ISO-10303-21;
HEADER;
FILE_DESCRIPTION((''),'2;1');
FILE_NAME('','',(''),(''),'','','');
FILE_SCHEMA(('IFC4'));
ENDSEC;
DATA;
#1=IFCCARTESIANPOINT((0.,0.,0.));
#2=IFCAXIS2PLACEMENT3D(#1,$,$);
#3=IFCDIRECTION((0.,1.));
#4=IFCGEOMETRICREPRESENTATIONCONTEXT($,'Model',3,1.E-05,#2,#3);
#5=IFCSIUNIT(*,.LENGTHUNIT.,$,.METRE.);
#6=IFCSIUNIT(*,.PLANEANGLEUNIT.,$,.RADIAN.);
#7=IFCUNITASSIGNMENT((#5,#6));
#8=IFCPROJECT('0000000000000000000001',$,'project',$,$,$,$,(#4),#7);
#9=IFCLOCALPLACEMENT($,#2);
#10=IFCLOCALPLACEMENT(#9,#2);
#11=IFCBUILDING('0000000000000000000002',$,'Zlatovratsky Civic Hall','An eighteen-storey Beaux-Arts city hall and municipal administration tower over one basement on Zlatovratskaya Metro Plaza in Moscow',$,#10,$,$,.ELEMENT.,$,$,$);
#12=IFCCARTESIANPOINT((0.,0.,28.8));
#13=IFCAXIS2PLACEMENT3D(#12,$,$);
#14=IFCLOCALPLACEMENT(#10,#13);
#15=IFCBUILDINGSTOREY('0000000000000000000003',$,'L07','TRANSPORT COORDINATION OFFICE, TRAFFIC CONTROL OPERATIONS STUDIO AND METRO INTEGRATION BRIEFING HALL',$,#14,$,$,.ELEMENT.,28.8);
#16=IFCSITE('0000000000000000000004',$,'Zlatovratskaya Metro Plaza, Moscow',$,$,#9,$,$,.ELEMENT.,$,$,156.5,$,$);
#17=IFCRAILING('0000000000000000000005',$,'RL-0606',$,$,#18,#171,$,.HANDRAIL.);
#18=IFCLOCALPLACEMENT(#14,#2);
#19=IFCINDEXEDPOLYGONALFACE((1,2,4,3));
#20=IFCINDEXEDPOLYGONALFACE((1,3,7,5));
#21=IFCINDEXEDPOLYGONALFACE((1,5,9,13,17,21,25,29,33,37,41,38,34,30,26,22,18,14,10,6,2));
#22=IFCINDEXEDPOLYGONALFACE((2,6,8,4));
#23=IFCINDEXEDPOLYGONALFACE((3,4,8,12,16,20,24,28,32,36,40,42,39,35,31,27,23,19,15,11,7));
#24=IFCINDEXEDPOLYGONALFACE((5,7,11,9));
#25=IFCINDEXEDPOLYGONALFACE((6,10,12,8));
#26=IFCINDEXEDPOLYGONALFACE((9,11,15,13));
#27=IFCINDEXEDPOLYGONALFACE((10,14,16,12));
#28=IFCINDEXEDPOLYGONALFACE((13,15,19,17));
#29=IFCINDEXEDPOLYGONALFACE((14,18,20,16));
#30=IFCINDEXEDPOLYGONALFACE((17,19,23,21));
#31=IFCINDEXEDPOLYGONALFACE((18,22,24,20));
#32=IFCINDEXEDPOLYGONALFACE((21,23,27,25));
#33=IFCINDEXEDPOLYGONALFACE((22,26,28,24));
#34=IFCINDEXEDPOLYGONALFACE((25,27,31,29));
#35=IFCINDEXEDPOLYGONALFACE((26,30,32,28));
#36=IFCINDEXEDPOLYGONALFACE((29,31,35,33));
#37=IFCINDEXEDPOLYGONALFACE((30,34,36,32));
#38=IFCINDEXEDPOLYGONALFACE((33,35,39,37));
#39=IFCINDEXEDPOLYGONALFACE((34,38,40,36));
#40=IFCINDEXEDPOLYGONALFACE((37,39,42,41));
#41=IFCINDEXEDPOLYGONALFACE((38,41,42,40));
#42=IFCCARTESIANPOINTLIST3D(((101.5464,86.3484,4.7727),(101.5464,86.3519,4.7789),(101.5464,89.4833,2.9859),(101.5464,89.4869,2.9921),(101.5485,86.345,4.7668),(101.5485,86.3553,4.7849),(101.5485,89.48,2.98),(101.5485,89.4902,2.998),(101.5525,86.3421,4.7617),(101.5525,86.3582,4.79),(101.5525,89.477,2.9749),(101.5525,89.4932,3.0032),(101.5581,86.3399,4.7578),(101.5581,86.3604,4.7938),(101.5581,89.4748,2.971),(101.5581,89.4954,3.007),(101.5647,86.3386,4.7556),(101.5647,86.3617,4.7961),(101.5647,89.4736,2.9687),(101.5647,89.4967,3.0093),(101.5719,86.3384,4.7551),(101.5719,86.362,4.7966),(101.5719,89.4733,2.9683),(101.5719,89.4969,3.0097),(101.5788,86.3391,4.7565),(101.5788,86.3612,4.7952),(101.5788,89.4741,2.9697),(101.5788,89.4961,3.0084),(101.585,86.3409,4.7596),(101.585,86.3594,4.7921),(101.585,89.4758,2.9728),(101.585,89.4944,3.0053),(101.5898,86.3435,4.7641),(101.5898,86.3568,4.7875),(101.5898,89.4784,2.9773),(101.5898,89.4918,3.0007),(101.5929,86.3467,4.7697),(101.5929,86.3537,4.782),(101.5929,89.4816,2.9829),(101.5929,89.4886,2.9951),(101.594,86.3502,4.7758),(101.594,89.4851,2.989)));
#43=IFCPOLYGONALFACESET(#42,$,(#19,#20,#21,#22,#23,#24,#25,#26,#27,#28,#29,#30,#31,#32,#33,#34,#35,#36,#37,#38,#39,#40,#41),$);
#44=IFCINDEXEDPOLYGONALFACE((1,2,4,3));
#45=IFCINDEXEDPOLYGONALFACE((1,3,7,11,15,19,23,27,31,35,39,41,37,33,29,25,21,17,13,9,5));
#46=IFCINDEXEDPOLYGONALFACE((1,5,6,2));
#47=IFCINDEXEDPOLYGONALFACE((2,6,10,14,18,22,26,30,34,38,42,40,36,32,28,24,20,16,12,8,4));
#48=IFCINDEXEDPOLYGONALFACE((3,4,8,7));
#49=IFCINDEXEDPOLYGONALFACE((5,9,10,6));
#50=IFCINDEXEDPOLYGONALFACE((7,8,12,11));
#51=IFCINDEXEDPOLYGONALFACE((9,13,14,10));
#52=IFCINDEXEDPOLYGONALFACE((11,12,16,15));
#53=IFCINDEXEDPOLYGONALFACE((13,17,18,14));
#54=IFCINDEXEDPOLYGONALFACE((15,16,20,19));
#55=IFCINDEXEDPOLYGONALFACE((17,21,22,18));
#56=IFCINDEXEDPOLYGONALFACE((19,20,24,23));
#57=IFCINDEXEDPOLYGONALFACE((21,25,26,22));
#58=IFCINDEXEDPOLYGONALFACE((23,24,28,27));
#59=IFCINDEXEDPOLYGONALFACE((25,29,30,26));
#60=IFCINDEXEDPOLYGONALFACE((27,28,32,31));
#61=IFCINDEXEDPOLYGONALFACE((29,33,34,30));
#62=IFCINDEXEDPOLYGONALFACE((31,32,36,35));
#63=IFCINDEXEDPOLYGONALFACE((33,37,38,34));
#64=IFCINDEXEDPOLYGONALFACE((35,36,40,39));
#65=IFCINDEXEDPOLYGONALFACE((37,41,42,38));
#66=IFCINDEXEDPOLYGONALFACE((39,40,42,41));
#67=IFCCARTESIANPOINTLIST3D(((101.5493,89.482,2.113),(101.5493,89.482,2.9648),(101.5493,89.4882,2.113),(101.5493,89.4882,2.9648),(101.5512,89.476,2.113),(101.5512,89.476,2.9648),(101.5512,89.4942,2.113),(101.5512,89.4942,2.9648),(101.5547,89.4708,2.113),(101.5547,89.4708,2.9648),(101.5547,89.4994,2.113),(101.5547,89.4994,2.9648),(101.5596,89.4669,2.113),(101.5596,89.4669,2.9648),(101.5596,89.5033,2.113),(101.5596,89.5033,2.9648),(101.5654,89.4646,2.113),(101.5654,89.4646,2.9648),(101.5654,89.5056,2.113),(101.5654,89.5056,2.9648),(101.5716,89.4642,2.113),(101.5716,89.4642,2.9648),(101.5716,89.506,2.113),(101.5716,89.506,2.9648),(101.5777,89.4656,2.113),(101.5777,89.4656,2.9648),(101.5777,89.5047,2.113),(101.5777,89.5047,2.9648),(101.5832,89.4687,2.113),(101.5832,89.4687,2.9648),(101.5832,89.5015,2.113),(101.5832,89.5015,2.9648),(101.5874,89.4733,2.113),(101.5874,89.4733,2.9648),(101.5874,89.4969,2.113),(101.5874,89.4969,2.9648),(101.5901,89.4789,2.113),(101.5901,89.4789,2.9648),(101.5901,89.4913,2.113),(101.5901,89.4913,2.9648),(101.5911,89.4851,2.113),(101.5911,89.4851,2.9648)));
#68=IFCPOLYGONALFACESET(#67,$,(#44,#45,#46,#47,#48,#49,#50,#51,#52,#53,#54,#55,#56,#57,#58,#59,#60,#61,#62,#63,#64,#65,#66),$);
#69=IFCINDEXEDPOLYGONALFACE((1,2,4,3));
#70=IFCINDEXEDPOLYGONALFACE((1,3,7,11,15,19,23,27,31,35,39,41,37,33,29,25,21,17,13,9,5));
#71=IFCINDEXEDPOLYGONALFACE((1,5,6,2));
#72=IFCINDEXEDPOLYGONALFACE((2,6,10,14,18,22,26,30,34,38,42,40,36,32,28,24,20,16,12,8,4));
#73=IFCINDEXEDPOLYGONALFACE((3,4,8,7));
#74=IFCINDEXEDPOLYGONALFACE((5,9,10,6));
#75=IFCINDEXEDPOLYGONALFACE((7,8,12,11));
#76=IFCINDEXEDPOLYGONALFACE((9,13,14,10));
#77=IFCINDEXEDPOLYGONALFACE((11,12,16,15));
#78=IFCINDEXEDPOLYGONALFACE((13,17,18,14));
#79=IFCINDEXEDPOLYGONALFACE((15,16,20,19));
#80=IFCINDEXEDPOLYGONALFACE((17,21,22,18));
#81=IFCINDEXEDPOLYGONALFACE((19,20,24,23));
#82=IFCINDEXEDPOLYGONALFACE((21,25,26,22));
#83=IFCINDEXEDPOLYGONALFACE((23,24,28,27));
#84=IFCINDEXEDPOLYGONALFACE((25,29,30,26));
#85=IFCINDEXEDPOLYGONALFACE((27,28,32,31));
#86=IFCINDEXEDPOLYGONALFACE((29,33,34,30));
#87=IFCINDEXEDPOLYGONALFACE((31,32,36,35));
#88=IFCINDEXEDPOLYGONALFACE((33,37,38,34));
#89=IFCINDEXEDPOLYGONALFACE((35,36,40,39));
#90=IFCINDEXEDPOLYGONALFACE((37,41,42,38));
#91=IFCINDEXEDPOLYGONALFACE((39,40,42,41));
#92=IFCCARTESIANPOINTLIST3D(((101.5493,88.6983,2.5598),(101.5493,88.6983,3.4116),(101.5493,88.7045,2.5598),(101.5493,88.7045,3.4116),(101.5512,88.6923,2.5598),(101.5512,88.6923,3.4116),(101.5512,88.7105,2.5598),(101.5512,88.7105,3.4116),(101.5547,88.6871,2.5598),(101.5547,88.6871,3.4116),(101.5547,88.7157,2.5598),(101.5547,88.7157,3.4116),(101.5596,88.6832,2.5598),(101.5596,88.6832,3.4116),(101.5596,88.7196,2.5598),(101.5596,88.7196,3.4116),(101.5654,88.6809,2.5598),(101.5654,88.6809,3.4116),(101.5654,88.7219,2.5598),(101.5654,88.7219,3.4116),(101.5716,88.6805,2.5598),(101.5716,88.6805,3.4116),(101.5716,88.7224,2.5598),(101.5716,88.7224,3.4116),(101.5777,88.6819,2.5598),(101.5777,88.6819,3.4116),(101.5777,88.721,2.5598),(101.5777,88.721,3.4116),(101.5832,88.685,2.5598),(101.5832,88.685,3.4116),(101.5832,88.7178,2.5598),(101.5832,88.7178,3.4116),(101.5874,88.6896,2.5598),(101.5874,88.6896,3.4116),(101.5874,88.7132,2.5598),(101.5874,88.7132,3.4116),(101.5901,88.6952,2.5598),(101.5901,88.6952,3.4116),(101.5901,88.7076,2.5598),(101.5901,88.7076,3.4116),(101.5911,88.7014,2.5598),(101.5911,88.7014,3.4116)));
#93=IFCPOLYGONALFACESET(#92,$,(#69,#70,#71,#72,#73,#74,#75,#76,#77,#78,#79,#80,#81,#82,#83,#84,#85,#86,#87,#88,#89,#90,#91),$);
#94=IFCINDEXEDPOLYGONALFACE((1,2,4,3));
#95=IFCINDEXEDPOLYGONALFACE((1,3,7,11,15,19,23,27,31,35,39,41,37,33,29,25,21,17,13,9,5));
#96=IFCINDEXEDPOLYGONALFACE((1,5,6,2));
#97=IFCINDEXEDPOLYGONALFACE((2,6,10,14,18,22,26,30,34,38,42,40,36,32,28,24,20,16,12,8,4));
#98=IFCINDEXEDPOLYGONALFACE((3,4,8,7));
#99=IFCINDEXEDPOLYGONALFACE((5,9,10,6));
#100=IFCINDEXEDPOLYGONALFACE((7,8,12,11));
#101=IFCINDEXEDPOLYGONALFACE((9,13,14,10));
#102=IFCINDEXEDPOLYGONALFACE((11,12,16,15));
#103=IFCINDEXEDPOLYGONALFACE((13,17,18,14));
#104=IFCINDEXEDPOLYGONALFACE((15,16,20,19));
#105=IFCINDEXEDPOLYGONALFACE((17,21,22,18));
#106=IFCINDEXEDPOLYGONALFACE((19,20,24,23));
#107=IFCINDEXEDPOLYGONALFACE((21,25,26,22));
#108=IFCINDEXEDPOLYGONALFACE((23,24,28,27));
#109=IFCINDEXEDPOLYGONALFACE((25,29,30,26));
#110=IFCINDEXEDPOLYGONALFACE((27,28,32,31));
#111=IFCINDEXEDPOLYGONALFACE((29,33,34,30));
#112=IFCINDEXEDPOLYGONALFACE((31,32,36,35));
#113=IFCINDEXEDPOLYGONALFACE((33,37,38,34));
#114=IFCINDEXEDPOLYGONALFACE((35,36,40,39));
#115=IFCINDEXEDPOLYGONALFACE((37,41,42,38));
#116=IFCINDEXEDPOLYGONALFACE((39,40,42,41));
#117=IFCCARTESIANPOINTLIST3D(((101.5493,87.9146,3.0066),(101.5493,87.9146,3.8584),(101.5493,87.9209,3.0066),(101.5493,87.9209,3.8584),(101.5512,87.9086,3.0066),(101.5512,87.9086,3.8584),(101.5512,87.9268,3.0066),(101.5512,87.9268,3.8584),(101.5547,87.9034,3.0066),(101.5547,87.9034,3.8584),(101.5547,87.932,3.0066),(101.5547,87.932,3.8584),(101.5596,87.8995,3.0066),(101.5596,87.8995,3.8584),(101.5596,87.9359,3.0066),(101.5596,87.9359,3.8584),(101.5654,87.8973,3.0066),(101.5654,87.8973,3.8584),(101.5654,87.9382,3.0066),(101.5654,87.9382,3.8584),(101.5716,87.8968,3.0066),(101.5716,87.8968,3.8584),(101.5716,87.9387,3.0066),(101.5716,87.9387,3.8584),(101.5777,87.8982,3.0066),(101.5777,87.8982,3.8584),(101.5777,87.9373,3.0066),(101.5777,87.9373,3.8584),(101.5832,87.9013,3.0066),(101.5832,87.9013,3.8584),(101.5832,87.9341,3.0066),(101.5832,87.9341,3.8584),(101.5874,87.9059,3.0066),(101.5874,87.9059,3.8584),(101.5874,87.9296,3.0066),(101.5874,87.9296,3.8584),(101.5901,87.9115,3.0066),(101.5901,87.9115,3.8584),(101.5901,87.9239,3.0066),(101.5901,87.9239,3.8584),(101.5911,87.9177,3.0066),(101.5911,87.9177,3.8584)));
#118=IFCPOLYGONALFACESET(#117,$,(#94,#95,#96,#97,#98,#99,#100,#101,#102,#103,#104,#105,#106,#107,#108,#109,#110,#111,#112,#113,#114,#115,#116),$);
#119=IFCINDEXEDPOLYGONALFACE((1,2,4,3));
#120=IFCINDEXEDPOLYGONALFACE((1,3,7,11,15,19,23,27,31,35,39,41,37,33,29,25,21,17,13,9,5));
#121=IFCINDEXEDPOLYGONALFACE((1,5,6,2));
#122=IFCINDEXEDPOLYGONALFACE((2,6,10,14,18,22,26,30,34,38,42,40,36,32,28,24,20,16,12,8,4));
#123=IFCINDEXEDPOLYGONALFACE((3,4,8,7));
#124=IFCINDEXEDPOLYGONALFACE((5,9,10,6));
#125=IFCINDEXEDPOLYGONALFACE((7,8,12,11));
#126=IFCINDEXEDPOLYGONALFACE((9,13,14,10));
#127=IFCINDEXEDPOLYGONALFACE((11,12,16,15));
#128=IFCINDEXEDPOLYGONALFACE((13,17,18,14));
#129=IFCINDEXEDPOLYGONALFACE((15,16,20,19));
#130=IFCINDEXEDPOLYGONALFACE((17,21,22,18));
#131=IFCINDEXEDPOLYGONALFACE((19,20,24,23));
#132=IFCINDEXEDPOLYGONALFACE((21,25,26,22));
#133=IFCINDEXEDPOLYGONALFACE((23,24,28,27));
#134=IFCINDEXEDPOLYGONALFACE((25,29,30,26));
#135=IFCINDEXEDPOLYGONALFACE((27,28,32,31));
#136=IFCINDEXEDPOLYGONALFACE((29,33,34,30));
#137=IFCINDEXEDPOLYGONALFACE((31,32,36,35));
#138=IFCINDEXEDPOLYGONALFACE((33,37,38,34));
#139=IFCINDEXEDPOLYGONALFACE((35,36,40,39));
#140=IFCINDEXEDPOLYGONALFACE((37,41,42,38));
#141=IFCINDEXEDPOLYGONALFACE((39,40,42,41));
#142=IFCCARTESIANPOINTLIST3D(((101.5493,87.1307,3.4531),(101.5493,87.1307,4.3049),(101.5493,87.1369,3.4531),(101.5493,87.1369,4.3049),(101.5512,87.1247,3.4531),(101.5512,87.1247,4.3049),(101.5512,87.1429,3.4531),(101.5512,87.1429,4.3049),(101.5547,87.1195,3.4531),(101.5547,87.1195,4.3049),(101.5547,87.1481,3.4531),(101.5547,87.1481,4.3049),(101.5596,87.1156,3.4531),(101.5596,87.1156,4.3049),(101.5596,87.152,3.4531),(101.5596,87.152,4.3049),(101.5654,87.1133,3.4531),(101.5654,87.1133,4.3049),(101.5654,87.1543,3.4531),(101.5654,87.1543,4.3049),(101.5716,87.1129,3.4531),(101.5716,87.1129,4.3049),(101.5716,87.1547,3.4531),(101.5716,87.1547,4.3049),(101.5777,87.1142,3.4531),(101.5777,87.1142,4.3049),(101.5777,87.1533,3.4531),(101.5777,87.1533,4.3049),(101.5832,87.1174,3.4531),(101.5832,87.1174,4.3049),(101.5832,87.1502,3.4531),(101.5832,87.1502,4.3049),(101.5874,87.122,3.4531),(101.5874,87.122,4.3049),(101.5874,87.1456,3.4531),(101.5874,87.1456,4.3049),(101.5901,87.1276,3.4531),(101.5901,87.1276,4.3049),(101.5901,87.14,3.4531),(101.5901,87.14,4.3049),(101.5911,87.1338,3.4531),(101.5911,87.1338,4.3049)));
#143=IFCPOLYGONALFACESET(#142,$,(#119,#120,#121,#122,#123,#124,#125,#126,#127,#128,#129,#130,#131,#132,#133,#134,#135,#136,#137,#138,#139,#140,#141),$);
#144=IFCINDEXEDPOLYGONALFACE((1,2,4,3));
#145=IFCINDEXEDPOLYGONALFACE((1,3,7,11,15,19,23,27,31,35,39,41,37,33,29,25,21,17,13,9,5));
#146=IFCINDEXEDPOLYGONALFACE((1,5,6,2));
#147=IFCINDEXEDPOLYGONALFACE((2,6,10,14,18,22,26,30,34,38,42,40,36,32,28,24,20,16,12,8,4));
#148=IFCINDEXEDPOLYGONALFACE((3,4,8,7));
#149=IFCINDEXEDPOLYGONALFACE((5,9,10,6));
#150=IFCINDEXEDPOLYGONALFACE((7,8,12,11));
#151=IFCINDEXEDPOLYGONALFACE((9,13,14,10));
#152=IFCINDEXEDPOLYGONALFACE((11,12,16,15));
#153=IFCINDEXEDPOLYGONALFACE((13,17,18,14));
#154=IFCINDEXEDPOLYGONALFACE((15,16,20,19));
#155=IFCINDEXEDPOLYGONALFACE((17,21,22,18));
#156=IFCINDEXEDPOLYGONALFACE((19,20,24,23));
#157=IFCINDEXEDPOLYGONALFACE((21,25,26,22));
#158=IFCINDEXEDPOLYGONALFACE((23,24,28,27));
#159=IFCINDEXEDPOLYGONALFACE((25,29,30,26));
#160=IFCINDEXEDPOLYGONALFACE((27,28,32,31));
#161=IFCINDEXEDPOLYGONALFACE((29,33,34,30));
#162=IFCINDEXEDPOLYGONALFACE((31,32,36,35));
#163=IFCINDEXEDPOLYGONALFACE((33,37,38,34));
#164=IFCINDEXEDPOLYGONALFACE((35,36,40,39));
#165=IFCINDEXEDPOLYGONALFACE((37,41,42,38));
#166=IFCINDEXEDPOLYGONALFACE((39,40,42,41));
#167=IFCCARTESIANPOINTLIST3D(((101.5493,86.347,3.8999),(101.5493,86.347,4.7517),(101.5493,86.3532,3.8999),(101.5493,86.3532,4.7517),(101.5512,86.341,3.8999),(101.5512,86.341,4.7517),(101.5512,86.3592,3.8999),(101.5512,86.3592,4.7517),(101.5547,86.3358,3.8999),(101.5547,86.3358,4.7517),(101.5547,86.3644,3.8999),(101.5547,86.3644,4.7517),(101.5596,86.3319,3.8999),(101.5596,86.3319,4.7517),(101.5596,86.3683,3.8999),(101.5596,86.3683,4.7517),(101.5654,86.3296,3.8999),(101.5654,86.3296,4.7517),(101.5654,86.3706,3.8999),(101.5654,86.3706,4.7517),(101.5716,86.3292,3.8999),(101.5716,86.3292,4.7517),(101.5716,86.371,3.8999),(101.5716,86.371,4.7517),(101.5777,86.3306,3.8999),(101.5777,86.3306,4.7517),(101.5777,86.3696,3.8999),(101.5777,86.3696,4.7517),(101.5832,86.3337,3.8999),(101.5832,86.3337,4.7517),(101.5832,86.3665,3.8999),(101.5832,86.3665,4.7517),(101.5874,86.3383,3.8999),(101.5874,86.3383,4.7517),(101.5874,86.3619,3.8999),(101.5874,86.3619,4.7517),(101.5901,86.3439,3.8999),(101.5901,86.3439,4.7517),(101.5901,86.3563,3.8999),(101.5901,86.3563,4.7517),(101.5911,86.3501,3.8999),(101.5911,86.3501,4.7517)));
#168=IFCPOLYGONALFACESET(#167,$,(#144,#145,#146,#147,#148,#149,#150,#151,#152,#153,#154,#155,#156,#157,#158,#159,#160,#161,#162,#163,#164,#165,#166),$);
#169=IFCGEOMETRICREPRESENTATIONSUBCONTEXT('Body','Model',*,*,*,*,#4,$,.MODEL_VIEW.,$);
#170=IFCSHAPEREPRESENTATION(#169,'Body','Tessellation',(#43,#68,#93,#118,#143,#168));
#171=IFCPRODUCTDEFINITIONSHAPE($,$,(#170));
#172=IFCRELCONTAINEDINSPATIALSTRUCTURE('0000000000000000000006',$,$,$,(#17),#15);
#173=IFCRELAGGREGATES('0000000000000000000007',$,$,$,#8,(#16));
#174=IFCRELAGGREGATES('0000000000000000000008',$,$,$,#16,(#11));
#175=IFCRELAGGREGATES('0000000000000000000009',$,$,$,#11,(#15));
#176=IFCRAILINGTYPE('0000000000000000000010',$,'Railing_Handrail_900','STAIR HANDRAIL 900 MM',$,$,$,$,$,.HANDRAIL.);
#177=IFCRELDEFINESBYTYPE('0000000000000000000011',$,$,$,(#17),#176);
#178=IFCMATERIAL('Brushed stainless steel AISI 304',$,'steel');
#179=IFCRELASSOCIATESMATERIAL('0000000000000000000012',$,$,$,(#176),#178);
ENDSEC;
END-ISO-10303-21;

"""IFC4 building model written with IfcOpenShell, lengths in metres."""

from ifc_helpers import new_model, si_unit, direction, frame, origin, origin_2d, place, context, subcontext, project, spatial, circle, extrude, material, type_object, element, save


model = new_model("IFC4")

# Units and contexts
model_context = context("Model", 3, precision=1e-05, world=origin(), true_north=direction((0.0, 1.0)))
body_context = subcontext(model_context, "Body", "Model", "MODEL_VIEW")
ifc_project = project(units=[si_unit("LENGTHUNIT", "METRE"), si_unit("PLANEANGLEUNIT", "RADIAN")], contexts=[model_context])

# Site, building, storey
site_placement = place(None, origin())
site = spatial("IfcSite", under=ifc_project, at=site_placement, Name="Zlatovratskaya Metro Plaza, Moscow", CompositionType="ELEMENT", RefElevation=156.5)
building_placement = place(site_placement, origin())
building = spatial("IfcBuilding", under=site, at=building_placement, Name="Zlatovratsky Civic Hall", Description="An eighteen-storey Beaux-Arts city hall and municipal administration tower over one basement on Zlatovratskaya Metro Plaza in Moscow", CompositionType="ELEMENT")
storey_placement = place(building_placement, frame((0.0, 0.0, 28.8)))
storey = spatial("IfcBuildingStorey", under=building, at=storey_placement, Name="L07", Description="TRANSPORT COORDINATION OFFICE, TRAFFIC CONTROL OPERATIONS STUDIO AND METRO INTEGRATION BRIEFING HALL", CompositionType="ELEMENT", Elevation=28.8)

# Railing
ifc_material_1 = material(Name="Brushed stainless steel AISI 304", Category="steel")
railing_type_1 = type_object("IfcRailingType", Name="Railing_Handrail_900", Description="STAIR HANDRAIL 900 MM", PredefinedType="HANDRAIL", material=ifc_material_1)
railing_1_placement = place(storey_placement, frame((101.5701, 89.4851, 2.113)))
element("IfcRailing", 1, at=railing_1_placement, inside=storey, type_object=railing_type_1, Name="RL-0606", PredefinedType="HANDRAIL", context=body_context, shape_type="SweptSolid", body=[
    extrude(circle(Radius=0.0239, at=origin_2d()), frame((0.0, 0.0, 0.876), z_axis=(0.0, -0.868788, 0.495184), x_axis=(1.0, 0.0, 0.0)), (0.0, 0.0, 1.0), 3.6084),
    extrude(circle(Radius=0.021, at=origin_2d()), origin(), (0.0, 0.0, 1.0), 0.8518),
    extrude(circle(Radius=0.021, at=origin_2d()), frame((0.0, -0.7837, 0.4468)), (0.0, 0.0, 1.0), 0.8518),
    extrude(circle(Radius=0.021, at=origin_2d()), frame((0.0, -1.5674, 0.8936)), (0.0, 0.0, 1.0), 0.8518),
    extrude(circle(Radius=0.021, at=origin_2d()), frame((0.0, -2.3513, 1.3401)), (0.0, 0.0, 1.0), 0.8518),
    extrude(circle(Radius=0.021, at=origin_2d()), frame((0.0, -3.135, 1.7869)), (0.0, 0.0, 1.0), 0.8518),
])

save(model, "model.ifc")
